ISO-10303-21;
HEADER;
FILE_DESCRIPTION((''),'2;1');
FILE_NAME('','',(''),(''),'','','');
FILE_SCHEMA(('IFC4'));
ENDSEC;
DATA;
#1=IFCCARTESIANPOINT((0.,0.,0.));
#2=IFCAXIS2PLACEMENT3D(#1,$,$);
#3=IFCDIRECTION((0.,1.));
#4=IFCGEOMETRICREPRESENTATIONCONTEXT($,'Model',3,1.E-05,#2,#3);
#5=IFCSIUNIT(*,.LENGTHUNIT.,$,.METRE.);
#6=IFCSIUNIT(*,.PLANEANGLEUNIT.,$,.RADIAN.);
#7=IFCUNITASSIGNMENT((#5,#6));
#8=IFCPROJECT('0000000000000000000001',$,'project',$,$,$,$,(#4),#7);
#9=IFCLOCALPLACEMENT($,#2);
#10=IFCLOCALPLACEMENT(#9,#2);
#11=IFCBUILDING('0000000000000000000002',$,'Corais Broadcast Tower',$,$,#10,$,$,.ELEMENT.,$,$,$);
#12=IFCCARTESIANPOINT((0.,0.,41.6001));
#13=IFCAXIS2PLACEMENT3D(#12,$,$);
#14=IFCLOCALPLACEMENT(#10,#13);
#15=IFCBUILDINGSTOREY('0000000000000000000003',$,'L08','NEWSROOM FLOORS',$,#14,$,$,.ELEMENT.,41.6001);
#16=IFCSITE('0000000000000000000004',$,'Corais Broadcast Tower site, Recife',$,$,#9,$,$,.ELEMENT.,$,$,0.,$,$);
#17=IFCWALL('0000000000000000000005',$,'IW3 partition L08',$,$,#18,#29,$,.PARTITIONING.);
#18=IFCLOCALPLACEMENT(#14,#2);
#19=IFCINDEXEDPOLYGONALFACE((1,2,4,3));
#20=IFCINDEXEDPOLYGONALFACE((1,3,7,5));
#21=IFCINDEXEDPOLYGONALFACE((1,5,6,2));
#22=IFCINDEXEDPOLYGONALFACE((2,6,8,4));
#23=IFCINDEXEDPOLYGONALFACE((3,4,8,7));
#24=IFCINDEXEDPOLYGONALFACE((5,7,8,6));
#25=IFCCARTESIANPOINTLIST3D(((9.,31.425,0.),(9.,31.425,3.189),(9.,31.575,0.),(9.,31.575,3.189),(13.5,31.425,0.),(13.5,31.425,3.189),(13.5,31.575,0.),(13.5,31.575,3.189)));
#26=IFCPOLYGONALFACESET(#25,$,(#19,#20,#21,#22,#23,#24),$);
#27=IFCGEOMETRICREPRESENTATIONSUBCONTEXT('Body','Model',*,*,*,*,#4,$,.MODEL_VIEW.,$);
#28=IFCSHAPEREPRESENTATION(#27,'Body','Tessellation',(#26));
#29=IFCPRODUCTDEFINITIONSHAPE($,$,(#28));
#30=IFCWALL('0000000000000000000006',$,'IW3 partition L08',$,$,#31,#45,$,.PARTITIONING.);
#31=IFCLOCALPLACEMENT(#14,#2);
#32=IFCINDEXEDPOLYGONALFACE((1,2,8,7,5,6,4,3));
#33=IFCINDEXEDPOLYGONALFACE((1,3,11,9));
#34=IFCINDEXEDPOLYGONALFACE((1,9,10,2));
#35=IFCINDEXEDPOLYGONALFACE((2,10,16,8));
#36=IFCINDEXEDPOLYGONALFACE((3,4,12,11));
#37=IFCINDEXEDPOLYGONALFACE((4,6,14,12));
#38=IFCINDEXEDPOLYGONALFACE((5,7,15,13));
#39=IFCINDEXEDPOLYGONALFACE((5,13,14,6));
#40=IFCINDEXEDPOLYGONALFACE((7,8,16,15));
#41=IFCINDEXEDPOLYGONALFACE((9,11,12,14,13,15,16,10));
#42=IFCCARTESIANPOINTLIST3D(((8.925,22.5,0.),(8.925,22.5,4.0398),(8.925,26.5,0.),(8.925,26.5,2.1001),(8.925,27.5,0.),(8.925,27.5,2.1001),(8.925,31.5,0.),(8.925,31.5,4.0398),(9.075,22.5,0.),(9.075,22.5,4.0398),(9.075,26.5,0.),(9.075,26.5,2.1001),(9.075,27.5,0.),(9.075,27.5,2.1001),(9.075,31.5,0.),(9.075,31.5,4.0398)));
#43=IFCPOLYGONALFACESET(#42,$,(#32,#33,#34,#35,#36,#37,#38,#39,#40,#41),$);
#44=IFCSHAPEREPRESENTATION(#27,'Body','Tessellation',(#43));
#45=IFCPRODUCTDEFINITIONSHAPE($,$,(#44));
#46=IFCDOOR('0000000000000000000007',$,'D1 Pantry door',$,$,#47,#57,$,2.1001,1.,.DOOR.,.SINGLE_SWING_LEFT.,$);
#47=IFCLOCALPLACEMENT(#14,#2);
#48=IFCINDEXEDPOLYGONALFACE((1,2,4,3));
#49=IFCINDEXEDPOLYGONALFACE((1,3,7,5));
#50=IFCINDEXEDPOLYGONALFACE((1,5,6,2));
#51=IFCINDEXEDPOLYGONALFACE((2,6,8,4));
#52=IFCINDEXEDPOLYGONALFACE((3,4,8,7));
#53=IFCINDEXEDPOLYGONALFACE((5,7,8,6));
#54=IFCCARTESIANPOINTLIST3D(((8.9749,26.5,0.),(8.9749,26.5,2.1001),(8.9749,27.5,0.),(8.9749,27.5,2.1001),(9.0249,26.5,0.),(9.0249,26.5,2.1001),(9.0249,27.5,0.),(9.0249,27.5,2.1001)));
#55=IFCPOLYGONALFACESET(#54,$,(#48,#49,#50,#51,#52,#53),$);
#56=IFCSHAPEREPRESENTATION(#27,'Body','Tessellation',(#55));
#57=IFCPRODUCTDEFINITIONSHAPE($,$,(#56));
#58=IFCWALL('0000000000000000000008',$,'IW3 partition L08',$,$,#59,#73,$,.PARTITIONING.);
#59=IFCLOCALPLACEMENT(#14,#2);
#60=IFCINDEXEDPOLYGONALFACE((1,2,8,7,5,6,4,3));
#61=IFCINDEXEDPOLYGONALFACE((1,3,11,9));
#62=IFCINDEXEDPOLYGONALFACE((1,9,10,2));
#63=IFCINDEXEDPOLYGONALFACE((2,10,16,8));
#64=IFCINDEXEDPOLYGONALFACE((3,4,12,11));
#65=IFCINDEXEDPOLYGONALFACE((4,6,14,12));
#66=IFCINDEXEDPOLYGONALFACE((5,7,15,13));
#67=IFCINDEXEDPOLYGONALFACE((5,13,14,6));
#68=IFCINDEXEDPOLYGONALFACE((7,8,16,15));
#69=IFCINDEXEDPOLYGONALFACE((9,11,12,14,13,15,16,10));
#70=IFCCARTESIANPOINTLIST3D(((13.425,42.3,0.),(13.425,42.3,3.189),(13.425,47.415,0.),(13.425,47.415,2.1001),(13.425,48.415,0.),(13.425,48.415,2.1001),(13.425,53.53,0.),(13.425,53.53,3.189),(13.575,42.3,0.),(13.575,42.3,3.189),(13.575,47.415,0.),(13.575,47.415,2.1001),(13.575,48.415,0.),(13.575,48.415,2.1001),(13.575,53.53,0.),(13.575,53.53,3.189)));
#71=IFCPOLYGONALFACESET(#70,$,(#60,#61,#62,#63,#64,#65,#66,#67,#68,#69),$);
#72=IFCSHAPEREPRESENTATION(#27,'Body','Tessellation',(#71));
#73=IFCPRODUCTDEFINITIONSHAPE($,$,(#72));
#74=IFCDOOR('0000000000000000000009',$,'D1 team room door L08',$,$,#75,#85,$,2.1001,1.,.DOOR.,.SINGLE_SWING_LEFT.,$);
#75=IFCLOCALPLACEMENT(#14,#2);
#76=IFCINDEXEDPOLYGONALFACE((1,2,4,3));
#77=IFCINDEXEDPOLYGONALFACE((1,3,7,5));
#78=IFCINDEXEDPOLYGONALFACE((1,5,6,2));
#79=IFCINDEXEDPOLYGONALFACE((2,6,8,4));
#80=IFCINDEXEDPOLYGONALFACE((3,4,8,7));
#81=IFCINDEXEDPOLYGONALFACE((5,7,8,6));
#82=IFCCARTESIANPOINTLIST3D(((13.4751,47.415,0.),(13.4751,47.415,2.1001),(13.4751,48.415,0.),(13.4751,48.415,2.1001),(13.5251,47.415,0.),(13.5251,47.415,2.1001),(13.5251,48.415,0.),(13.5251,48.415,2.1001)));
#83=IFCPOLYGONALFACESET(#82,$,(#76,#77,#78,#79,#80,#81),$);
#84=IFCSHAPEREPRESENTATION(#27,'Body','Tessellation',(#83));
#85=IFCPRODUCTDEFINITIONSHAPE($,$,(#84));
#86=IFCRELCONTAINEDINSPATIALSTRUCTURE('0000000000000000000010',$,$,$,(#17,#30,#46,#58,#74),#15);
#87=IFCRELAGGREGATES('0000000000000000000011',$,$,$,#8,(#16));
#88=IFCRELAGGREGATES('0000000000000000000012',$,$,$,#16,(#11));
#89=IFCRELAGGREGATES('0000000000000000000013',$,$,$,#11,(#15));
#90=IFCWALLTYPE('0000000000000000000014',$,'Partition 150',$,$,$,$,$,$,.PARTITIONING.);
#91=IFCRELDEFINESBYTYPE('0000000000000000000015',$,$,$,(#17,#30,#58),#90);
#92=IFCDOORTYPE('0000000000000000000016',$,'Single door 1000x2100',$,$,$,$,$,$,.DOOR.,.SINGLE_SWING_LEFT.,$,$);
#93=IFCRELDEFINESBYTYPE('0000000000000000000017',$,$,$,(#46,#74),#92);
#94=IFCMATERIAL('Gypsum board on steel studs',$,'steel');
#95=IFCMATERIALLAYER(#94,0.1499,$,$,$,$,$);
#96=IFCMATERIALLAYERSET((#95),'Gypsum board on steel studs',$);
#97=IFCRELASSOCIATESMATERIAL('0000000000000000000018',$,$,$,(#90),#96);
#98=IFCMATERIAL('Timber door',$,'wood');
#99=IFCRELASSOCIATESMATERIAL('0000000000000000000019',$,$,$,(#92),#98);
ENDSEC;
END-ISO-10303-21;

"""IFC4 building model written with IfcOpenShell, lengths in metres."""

from ifc_helpers import new_model, si_unit, direction, frame, frame_2d, origin, place, context, subcontext, project, spatial, rectangle, extrude, material, layer, layer_set, type_object, element, fill, save


model = new_model("IFC4")

# Units and contexts
model_context = context("Model", 3, precision=1e-05, world=origin(), true_north=direction((0.0, 1.0)))
body_context = subcontext(model_context, "Body", "Model", "MODEL_VIEW")
ifc_project = project(units=[si_unit("LENGTHUNIT", "METRE"), si_unit("PLANEANGLEUNIT", "RADIAN")], contexts=[model_context])

# Site, building, storey
site_placement = place(None, origin())
site = spatial("IfcSite", under=ifc_project, at=site_placement, Name="Corais Broadcast Tower site, Recife", CompositionType="ELEMENT", RefElevation=0.0)
building_placement = place(site_placement, origin())
building = spatial("IfcBuilding", under=site, at=building_placement, Name="Corais Broadcast Tower", CompositionType="ELEMENT")
storey_placement = place(building_placement, frame((0.0, 0.0, 41.6001)))
storey = spatial("IfcBuildingStorey", under=building, at=storey_placement, Name="L08", Description="NEWSROOM FLOORS", CompositionType="ELEMENT", Elevation=41.6001)

# Shared definitions
ifc_material_1 = material(Name="Gypsum board on steel studs", Category="steel")
ifc_layer_1 = layer(ifc_material_1, 0.1499)
ifc_layer_set_1 = layer_set([ifc_layer_1], Name="Gypsum board on steel studs")
wall_type_1 = type_object("IfcWallType", Name="Partition 150", PredefinedType="PARTITIONING", material=ifc_layer_set_1)
ifc_material_2 = material(Name="Timber door", Category="wood")
door_type_1 = type_object("IfcDoorType", Name="Single door 1000x2100", OperationType="SINGLE_SWING_LEFT", PredefinedType="DOOR", material=ifc_material_2)

# Wall
wall_1_placement = place(storey_placement, frame((13.5, 31.5, 0.0), z_axis=(0.0, 0.0, 1.0), x_axis=(-1.0, 0.0, 0.0)))
element("IfcWall", 1, at=wall_1_placement, inside=storey, type_object=wall_type_1, Name="IW3 partition L08", PredefinedType="PARTITIONING", context=body_context, shape_type="SweptSolid", body=[
    extrude(rectangle(XDim=4.5, YDim=0.1499, at=frame_2d((2.25, 0.0))), origin(), (0.0, 0.0, 1.0), 3.189),
])

# Walls, openings, doors
wall_2_placement = place(storey_placement, frame((9.0, 31.5, 0.0), z_axis=(0.0, 0.0, 1.0), x_axis=(0.0, -1.0, 0.0)))
wall_2 = element("IfcWall", 2, at=wall_2_placement, inside=storey, type_object=wall_type_1, Name="IW3 partition L08", PredefinedType="PARTITIONING", context=body_context, shape_type="SweptSolid", body=[
    extrude(rectangle(XDim=9.0, YDim=0.1499, at=frame_2d((4.5, 0.0))), origin(), (0.0, 0.0, 1.0), 4.0398),
])
opening_1_placement = place(wall_2_placement, frame((4.0, 0.0, 0.0)))
opening_1 = element("IfcOpeningElement", 3, at=opening_1_placement, cuts=wall_2, PredefinedType="OPENING", context=body_context, shape_type="SweptSolid", body=[
    extrude(rectangle(XDim=1.0, YDim=2.1001, at=frame_2d((0.5, 1.05))), frame((0.0, 0.085, 0.0), z_axis=(0.0, -1.0, 0.0), x_axis=(1.0, 0.0, 0.0)), (0.0, 0.0, 1.0), 0.1699),
])
door_1_placement = place(opening_1_placement, origin())
door_1 = element("IfcDoor", 4, at=door_1_placement, inside=storey, type_object=door_type_1, Name="D1 Pantry door", OperationType="SINGLE_SWING_LEFT", OverallHeight=2.1001, OverallWidth=1.0, PredefinedType="DOOR", context=body_context, shape_type="SweptSolid", body=[
    extrude(rectangle(XDim=1.0, YDim=2.1001, at=frame_2d((0.5, 1.05))), frame((0.0, 0.0249, 0.0), z_axis=(0.0, -1.0, 0.0), x_axis=(1.0, 0.0, 0.0)), (0.0, 0.0, 1.0), 0.05),
])
fill(opening_1, door_1)
wall_3_placement = place(storey_placement, frame((13.5, 42.3, 0.0), z_axis=(0.0, 0.0, 1.0), x_axis=(0.0, 1.0, 0.0)))
wall_3 = element("IfcWall", 5, at=wall_3_placement, inside=storey, type_object=wall_type_1, Name="IW3 partition L08", PredefinedType="PARTITIONING", context=body_context, shape_type="SweptSolid", body=[
    extrude(rectangle(XDim=11.23, YDim=0.1499, at=frame_2d((5.615, 0.0))), origin(), (0.0, 0.0, 1.0), 3.189),
])
opening_2_placement = place(wall_3_placement, frame((5.115, 0.0, 0.0)))
opening_2 = element("IfcOpeningElement", 6, at=opening_2_placement, cuts=wall_3, PredefinedType="OPENING", context=body_context, shape_type="SweptSolid", body=[
    extrude(rectangle(XDim=1.0, YDim=2.1001, at=frame_2d((0.5, 1.05))), frame((0.0, 0.085, 0.0), z_axis=(0.0, -1.0, 0.0), x_axis=(1.0, 0.0, 0.0)), (0.0, 0.0, 1.0), 0.1699),
])
door_2_placement = place(opening_2_placement, origin())
door_2 = element("IfcDoor", 7, at=door_2_placement, inside=storey, type_object=door_type_1, Name="D1 team room door L08", OperationType="SINGLE_SWING_LEFT", OverallHeight=2.1001, OverallWidth=1.0, PredefinedType="DOOR", context=body_context, shape_type="SweptSolid", body=[
    extrude(rectangle(XDim=1.0, YDim=2.1001, at=frame_2d((0.5, 1.05))), frame((0.0, 0.0249, 0.0), z_axis=(0.0, -1.0, 0.0), x_axis=(1.0, 0.0, 0.0)), (0.0, 0.0, 1.0), 0.05),
])
fill(opening_2, door_2)

save(model, "model.ifc")
